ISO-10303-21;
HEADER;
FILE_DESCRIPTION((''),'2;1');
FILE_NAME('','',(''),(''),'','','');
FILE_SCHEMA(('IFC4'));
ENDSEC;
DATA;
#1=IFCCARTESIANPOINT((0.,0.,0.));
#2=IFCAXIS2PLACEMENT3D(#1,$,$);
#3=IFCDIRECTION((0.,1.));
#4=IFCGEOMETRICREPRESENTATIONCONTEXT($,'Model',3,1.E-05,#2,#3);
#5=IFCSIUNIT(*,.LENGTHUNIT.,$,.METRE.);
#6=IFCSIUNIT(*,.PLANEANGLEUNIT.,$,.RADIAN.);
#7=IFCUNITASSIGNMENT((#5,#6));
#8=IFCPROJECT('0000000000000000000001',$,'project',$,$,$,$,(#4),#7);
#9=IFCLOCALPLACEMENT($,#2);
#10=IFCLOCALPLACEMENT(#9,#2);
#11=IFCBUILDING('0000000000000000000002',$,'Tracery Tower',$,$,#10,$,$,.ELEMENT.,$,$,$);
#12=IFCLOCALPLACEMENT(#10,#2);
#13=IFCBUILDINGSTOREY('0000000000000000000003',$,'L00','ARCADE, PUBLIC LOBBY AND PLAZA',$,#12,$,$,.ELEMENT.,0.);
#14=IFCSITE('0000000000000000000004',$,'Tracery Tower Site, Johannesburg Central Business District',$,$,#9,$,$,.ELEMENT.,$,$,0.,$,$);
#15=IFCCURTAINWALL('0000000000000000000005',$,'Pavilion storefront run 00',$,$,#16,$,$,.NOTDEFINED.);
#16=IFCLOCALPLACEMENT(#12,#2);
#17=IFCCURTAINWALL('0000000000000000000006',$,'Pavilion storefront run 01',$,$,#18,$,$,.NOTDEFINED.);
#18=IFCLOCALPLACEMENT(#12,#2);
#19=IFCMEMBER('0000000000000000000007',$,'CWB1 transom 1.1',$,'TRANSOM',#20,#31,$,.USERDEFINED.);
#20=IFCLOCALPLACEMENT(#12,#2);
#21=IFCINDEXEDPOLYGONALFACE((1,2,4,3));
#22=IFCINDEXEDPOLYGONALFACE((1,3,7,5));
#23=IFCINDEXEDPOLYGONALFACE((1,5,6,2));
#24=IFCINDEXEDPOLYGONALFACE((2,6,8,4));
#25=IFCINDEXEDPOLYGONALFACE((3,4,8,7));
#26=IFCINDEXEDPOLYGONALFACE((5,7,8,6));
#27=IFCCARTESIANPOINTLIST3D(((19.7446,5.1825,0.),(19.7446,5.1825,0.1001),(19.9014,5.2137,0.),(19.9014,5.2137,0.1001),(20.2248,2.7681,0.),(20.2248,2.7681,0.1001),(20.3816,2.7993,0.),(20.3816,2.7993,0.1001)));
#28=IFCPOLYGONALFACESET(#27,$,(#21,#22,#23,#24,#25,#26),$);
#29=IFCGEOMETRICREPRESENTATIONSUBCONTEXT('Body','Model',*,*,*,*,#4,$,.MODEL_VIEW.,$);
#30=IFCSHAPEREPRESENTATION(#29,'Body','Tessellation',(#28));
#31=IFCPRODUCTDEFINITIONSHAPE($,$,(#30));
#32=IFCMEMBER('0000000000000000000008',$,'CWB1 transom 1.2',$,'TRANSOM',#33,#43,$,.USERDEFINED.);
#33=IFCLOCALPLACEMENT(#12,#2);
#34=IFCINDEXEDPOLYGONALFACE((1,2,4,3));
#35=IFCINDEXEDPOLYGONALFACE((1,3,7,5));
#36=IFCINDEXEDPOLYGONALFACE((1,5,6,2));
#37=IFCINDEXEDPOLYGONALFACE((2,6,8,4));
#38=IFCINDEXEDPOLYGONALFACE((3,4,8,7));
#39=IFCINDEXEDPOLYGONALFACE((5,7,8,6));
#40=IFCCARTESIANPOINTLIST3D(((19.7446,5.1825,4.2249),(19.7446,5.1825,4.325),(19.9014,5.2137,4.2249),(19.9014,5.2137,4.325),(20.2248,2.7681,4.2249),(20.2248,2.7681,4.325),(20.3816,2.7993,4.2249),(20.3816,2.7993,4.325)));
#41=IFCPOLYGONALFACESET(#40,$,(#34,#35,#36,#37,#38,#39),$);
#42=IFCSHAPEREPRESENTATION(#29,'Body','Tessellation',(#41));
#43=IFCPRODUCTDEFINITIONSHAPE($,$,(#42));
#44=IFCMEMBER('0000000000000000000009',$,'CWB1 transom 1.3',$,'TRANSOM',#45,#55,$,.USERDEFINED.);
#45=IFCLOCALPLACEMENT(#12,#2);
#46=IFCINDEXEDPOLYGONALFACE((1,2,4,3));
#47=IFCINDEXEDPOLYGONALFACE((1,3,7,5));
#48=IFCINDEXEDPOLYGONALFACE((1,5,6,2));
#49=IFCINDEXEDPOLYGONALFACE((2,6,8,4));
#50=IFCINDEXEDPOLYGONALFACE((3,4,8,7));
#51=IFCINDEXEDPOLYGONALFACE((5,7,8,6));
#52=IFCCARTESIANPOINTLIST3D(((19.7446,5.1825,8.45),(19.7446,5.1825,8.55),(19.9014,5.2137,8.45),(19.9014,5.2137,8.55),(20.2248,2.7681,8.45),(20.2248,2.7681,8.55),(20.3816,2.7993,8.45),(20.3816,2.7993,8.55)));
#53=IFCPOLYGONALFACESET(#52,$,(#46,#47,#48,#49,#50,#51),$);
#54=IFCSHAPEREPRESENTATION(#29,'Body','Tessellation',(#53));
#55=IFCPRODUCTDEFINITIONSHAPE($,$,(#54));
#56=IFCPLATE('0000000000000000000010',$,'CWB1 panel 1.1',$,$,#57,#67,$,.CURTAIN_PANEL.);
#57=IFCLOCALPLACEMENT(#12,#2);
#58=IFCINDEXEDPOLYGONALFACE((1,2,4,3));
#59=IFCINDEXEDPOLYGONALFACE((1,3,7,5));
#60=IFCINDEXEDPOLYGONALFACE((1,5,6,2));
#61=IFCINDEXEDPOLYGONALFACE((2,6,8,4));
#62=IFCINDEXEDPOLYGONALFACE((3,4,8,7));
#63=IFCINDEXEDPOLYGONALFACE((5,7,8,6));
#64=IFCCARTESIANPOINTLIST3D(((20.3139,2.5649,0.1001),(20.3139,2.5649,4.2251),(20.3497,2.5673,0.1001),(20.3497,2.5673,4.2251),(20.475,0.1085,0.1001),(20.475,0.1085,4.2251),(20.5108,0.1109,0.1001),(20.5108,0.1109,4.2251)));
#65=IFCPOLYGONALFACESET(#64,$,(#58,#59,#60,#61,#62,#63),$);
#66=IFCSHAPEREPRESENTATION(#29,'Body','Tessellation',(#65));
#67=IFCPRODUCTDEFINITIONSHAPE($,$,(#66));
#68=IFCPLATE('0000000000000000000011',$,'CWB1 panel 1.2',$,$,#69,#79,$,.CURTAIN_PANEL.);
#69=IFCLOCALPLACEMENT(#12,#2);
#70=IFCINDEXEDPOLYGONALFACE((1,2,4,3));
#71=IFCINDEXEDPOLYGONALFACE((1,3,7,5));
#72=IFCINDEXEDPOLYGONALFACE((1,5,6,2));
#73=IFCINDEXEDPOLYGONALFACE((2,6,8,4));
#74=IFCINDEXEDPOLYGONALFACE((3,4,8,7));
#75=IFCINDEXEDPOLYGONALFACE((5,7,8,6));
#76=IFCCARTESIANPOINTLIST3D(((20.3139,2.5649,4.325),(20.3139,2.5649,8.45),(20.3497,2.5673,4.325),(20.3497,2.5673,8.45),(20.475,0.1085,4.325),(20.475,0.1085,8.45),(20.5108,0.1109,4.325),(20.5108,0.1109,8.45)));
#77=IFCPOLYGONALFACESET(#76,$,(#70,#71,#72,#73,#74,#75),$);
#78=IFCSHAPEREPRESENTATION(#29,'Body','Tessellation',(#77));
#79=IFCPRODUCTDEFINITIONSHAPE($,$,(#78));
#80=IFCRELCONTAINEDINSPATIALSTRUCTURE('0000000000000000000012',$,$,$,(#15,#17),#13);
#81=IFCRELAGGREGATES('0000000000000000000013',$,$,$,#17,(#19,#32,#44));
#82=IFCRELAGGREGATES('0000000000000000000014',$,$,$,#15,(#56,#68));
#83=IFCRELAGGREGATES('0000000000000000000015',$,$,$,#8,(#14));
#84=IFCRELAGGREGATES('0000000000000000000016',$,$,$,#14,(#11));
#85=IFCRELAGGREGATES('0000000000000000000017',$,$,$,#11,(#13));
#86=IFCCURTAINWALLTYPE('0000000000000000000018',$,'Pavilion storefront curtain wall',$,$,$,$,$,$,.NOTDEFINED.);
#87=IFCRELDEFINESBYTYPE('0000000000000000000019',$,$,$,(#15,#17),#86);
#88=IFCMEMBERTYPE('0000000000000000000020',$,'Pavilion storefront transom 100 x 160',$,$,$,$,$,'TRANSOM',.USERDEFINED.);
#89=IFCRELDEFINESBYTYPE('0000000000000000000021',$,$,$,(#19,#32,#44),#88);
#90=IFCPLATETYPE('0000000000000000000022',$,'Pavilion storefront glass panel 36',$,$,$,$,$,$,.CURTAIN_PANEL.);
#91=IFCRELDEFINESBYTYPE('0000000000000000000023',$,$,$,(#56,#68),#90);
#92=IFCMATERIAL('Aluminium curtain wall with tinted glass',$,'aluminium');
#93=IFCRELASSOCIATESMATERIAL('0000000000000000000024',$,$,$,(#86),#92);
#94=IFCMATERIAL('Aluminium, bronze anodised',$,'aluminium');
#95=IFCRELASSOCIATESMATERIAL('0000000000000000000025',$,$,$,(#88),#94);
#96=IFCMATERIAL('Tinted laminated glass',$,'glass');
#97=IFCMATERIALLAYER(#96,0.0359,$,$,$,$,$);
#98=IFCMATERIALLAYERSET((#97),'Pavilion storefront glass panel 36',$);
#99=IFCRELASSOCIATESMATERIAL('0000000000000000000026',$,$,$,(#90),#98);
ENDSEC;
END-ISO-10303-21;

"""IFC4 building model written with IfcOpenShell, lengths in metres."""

from ifc_helpers import new_model, si_unit, direction, frame, origin, origin_2d, place, context, subcontext, project, spatial, rectangle, extrude, material, layer, layer_set, material_profile, profile_set, type_object, element, aggregate, save


model = new_model("IFC4")

# Units and contexts
model_context = context("Model", 3, precision=1e-05, world=origin(), true_north=direction((0.0, 1.0)))
body_context = subcontext(model_context, "Body", "Model", "MODEL_VIEW")
ifc_project = project(units=[si_unit("LENGTHUNIT", "METRE"), si_unit("PLANEANGLEUNIT", "RADIAN")], contexts=[model_context])

# Site, building, storey
site_placement = place(None, origin())
site = spatial("IfcSite", under=ifc_project, at=site_placement, Name="Tracery Tower Site, Johannesburg Central Business District", CompositionType="ELEMENT", RefElevation=0.0)
building_placement = place(site_placement, origin())
building = spatial("IfcBuilding", under=site, at=building_placement, Name="Tracery Tower", CompositionType="ELEMENT")
storey_placement = place(building_placement, origin())
storey = spatial("IfcBuildingStorey", under=building, at=storey_placement, Name="L00", Description="ARCADE, PUBLIC LOBBY AND PLAZA", CompositionType="ELEMENT", Elevation=0.0)

# Curtain wall
ifc_material_1 = material(Name="Aluminium curtain wall with tinted glass", Category="aluminium")
curtain_wall_type = type_object("IfcCurtainWallType", Name="Pavilion storefront curtain wall", PredefinedType="NOTDEFINED", material=ifc_material_1)
curtain_wall_1_placement = place(storey_placement, origin())
curtain_wall_1 = element("IfcCurtainWall", 1, at=curtain_wall_1_placement, inside=storey, type_object=curtain_wall_type, Name="Pavilion storefront run 00", PredefinedType="NOTDEFINED")

# Curtain wall
curtain_wall_2_placement = place(storey_placement, origin())
curtain_wall_2 = element("IfcCurtainWall", 2, at=curtain_wall_2_placement, inside=storey, type_object=curtain_wall_type, Name="Pavilion storefront run 01", PredefinedType="NOTDEFINED")

# Members
ifc_material_2 = material(Name="Aluminium, bronze anodised", Category="aluminium")
ifc_material_profile_1 = material_profile(ifc_material_2, rectangle(XDim=0.1599, YDim=0.1001, at=origin_2d()), Name="Pavilion storefront transom 100 x 160")
ifc_profile_set_1 = profile_set([ifc_material_profile_1], Name="Aluminium, bronze anodised")
member_type_1 = type_object("IfcMemberType", Name="Pavilion storefront transom 100 x 160", ElementType="TRANSOM", PredefinedType="USERDEFINED", material=ifc_profile_set_1)
member_1_placement = place(storey_placement, frame((20.3032, 2.7837, 0.05), z_axis=(-0.195086, 0.980786, 0.0), x_axis=(-0.980786, -0.195086, 0.0)))
member_1 = element("IfcMember", 3, at=member_1_placement, type_object=member_type_1, Name="CWB1 transom 1.1", ObjectType="TRANSOM", PredefinedType="USERDEFINED", context=body_context, shape_type="SweptSolid", body=[
    extrude(rectangle(XDim=0.1599, YDim=0.1001, at=origin_2d()), origin(), (0.0, 0.0, 1.0), 2.4617),
])
member_2_placement = place(storey_placement, frame((20.3032, 2.7837, 4.2749), z_axis=(-0.195086, 0.980786, 0.0), x_axis=(-0.980786, -0.195086, 0.0)))
member_2 = element("IfcMember", 4, at=member_2_placement, type_object=member_type_1, Name="CWB1 transom 1.2", ObjectType="TRANSOM", PredefinedType="USERDEFINED", context=body_context, shape_type="SweptSolid", body=[
    extrude(rectangle(XDim=0.1599, YDim=0.1001, at=origin_2d()), origin(), (0.0, 0.0, 1.0), 2.4617),
])
member_3_placement = place(storey_placement, frame((20.3032, 2.7837, 8.5), z_axis=(-0.195086, 0.980786, 0.0), x_axis=(-0.980786, -0.195086, 0.0)))
member_3 = element("IfcMember", 5, at=member_3_placement, type_object=member_type_1, Name="CWB1 transom 1.3", ObjectType="TRANSOM", PredefinedType="USERDEFINED", context=body_context, shape_type="SweptSolid", body=[
    extrude(rectangle(XDim=0.1599, YDim=0.1001, at=origin_2d()), origin(), (0.0, 0.0, 1.0), 2.4617),
])
aggregate(curtain_wall_2, [member_1, member_2, member_3])

# Plates
ifc_material_3 = material(Name="Tinted laminated glass", Category="glass")
ifc_layer = layer(ifc_material_3, 0.0359)
ifc_layer_set = layer_set([ifc_layer], Name="Pavilion storefront glass panel 36")
plate_type = type_object("IfcPlateType", Name="Pavilion storefront glass panel 36", PredefinedType="CURTAIN_PANEL", material=ifc_layer_set)
plate_1_placement = place(storey_placement, frame((20.4124, 1.3379, 0.1001), z_axis=(0.0, 0.0, 1.0), x_axis=(-0.065422, 0.997858, 0.0)))
plate_1 = element("IfcPlate", 6, at=plate_1_placement, type_object=plate_type, Name="CWB1 panel 1.1", PredefinedType="CURTAIN_PANEL", context=body_context, shape_type="SweptSolid", body=[
    extrude(rectangle(XDim=2.4617, YDim=0.0359, at=origin_2d()), origin(), (0.0, 0.0, 1.0), 4.125),
])
plate_2_placement = place(storey_placement, frame((20.4124, 1.3379, 4.325), z_axis=(0.0, 0.0, 1.0), x_axis=(-0.065422, 0.997858, 0.0)))
plate_2 = element("IfcPlate", 7, at=plate_2_placement, type_object=plate_type, Name="CWB1 panel 1.2", PredefinedType="CURTAIN_PANEL", context=body_context, shape_type="SweptSolid", body=[
    extrude(rectangle(XDim=2.4617, YDim=0.0359, at=origin_2d()), origin(), (0.0, 0.0, 1.0), 4.125),
])
aggregate(curtain_wall_1, [plate_1, plate_2])

save(model, "model.ifc")
